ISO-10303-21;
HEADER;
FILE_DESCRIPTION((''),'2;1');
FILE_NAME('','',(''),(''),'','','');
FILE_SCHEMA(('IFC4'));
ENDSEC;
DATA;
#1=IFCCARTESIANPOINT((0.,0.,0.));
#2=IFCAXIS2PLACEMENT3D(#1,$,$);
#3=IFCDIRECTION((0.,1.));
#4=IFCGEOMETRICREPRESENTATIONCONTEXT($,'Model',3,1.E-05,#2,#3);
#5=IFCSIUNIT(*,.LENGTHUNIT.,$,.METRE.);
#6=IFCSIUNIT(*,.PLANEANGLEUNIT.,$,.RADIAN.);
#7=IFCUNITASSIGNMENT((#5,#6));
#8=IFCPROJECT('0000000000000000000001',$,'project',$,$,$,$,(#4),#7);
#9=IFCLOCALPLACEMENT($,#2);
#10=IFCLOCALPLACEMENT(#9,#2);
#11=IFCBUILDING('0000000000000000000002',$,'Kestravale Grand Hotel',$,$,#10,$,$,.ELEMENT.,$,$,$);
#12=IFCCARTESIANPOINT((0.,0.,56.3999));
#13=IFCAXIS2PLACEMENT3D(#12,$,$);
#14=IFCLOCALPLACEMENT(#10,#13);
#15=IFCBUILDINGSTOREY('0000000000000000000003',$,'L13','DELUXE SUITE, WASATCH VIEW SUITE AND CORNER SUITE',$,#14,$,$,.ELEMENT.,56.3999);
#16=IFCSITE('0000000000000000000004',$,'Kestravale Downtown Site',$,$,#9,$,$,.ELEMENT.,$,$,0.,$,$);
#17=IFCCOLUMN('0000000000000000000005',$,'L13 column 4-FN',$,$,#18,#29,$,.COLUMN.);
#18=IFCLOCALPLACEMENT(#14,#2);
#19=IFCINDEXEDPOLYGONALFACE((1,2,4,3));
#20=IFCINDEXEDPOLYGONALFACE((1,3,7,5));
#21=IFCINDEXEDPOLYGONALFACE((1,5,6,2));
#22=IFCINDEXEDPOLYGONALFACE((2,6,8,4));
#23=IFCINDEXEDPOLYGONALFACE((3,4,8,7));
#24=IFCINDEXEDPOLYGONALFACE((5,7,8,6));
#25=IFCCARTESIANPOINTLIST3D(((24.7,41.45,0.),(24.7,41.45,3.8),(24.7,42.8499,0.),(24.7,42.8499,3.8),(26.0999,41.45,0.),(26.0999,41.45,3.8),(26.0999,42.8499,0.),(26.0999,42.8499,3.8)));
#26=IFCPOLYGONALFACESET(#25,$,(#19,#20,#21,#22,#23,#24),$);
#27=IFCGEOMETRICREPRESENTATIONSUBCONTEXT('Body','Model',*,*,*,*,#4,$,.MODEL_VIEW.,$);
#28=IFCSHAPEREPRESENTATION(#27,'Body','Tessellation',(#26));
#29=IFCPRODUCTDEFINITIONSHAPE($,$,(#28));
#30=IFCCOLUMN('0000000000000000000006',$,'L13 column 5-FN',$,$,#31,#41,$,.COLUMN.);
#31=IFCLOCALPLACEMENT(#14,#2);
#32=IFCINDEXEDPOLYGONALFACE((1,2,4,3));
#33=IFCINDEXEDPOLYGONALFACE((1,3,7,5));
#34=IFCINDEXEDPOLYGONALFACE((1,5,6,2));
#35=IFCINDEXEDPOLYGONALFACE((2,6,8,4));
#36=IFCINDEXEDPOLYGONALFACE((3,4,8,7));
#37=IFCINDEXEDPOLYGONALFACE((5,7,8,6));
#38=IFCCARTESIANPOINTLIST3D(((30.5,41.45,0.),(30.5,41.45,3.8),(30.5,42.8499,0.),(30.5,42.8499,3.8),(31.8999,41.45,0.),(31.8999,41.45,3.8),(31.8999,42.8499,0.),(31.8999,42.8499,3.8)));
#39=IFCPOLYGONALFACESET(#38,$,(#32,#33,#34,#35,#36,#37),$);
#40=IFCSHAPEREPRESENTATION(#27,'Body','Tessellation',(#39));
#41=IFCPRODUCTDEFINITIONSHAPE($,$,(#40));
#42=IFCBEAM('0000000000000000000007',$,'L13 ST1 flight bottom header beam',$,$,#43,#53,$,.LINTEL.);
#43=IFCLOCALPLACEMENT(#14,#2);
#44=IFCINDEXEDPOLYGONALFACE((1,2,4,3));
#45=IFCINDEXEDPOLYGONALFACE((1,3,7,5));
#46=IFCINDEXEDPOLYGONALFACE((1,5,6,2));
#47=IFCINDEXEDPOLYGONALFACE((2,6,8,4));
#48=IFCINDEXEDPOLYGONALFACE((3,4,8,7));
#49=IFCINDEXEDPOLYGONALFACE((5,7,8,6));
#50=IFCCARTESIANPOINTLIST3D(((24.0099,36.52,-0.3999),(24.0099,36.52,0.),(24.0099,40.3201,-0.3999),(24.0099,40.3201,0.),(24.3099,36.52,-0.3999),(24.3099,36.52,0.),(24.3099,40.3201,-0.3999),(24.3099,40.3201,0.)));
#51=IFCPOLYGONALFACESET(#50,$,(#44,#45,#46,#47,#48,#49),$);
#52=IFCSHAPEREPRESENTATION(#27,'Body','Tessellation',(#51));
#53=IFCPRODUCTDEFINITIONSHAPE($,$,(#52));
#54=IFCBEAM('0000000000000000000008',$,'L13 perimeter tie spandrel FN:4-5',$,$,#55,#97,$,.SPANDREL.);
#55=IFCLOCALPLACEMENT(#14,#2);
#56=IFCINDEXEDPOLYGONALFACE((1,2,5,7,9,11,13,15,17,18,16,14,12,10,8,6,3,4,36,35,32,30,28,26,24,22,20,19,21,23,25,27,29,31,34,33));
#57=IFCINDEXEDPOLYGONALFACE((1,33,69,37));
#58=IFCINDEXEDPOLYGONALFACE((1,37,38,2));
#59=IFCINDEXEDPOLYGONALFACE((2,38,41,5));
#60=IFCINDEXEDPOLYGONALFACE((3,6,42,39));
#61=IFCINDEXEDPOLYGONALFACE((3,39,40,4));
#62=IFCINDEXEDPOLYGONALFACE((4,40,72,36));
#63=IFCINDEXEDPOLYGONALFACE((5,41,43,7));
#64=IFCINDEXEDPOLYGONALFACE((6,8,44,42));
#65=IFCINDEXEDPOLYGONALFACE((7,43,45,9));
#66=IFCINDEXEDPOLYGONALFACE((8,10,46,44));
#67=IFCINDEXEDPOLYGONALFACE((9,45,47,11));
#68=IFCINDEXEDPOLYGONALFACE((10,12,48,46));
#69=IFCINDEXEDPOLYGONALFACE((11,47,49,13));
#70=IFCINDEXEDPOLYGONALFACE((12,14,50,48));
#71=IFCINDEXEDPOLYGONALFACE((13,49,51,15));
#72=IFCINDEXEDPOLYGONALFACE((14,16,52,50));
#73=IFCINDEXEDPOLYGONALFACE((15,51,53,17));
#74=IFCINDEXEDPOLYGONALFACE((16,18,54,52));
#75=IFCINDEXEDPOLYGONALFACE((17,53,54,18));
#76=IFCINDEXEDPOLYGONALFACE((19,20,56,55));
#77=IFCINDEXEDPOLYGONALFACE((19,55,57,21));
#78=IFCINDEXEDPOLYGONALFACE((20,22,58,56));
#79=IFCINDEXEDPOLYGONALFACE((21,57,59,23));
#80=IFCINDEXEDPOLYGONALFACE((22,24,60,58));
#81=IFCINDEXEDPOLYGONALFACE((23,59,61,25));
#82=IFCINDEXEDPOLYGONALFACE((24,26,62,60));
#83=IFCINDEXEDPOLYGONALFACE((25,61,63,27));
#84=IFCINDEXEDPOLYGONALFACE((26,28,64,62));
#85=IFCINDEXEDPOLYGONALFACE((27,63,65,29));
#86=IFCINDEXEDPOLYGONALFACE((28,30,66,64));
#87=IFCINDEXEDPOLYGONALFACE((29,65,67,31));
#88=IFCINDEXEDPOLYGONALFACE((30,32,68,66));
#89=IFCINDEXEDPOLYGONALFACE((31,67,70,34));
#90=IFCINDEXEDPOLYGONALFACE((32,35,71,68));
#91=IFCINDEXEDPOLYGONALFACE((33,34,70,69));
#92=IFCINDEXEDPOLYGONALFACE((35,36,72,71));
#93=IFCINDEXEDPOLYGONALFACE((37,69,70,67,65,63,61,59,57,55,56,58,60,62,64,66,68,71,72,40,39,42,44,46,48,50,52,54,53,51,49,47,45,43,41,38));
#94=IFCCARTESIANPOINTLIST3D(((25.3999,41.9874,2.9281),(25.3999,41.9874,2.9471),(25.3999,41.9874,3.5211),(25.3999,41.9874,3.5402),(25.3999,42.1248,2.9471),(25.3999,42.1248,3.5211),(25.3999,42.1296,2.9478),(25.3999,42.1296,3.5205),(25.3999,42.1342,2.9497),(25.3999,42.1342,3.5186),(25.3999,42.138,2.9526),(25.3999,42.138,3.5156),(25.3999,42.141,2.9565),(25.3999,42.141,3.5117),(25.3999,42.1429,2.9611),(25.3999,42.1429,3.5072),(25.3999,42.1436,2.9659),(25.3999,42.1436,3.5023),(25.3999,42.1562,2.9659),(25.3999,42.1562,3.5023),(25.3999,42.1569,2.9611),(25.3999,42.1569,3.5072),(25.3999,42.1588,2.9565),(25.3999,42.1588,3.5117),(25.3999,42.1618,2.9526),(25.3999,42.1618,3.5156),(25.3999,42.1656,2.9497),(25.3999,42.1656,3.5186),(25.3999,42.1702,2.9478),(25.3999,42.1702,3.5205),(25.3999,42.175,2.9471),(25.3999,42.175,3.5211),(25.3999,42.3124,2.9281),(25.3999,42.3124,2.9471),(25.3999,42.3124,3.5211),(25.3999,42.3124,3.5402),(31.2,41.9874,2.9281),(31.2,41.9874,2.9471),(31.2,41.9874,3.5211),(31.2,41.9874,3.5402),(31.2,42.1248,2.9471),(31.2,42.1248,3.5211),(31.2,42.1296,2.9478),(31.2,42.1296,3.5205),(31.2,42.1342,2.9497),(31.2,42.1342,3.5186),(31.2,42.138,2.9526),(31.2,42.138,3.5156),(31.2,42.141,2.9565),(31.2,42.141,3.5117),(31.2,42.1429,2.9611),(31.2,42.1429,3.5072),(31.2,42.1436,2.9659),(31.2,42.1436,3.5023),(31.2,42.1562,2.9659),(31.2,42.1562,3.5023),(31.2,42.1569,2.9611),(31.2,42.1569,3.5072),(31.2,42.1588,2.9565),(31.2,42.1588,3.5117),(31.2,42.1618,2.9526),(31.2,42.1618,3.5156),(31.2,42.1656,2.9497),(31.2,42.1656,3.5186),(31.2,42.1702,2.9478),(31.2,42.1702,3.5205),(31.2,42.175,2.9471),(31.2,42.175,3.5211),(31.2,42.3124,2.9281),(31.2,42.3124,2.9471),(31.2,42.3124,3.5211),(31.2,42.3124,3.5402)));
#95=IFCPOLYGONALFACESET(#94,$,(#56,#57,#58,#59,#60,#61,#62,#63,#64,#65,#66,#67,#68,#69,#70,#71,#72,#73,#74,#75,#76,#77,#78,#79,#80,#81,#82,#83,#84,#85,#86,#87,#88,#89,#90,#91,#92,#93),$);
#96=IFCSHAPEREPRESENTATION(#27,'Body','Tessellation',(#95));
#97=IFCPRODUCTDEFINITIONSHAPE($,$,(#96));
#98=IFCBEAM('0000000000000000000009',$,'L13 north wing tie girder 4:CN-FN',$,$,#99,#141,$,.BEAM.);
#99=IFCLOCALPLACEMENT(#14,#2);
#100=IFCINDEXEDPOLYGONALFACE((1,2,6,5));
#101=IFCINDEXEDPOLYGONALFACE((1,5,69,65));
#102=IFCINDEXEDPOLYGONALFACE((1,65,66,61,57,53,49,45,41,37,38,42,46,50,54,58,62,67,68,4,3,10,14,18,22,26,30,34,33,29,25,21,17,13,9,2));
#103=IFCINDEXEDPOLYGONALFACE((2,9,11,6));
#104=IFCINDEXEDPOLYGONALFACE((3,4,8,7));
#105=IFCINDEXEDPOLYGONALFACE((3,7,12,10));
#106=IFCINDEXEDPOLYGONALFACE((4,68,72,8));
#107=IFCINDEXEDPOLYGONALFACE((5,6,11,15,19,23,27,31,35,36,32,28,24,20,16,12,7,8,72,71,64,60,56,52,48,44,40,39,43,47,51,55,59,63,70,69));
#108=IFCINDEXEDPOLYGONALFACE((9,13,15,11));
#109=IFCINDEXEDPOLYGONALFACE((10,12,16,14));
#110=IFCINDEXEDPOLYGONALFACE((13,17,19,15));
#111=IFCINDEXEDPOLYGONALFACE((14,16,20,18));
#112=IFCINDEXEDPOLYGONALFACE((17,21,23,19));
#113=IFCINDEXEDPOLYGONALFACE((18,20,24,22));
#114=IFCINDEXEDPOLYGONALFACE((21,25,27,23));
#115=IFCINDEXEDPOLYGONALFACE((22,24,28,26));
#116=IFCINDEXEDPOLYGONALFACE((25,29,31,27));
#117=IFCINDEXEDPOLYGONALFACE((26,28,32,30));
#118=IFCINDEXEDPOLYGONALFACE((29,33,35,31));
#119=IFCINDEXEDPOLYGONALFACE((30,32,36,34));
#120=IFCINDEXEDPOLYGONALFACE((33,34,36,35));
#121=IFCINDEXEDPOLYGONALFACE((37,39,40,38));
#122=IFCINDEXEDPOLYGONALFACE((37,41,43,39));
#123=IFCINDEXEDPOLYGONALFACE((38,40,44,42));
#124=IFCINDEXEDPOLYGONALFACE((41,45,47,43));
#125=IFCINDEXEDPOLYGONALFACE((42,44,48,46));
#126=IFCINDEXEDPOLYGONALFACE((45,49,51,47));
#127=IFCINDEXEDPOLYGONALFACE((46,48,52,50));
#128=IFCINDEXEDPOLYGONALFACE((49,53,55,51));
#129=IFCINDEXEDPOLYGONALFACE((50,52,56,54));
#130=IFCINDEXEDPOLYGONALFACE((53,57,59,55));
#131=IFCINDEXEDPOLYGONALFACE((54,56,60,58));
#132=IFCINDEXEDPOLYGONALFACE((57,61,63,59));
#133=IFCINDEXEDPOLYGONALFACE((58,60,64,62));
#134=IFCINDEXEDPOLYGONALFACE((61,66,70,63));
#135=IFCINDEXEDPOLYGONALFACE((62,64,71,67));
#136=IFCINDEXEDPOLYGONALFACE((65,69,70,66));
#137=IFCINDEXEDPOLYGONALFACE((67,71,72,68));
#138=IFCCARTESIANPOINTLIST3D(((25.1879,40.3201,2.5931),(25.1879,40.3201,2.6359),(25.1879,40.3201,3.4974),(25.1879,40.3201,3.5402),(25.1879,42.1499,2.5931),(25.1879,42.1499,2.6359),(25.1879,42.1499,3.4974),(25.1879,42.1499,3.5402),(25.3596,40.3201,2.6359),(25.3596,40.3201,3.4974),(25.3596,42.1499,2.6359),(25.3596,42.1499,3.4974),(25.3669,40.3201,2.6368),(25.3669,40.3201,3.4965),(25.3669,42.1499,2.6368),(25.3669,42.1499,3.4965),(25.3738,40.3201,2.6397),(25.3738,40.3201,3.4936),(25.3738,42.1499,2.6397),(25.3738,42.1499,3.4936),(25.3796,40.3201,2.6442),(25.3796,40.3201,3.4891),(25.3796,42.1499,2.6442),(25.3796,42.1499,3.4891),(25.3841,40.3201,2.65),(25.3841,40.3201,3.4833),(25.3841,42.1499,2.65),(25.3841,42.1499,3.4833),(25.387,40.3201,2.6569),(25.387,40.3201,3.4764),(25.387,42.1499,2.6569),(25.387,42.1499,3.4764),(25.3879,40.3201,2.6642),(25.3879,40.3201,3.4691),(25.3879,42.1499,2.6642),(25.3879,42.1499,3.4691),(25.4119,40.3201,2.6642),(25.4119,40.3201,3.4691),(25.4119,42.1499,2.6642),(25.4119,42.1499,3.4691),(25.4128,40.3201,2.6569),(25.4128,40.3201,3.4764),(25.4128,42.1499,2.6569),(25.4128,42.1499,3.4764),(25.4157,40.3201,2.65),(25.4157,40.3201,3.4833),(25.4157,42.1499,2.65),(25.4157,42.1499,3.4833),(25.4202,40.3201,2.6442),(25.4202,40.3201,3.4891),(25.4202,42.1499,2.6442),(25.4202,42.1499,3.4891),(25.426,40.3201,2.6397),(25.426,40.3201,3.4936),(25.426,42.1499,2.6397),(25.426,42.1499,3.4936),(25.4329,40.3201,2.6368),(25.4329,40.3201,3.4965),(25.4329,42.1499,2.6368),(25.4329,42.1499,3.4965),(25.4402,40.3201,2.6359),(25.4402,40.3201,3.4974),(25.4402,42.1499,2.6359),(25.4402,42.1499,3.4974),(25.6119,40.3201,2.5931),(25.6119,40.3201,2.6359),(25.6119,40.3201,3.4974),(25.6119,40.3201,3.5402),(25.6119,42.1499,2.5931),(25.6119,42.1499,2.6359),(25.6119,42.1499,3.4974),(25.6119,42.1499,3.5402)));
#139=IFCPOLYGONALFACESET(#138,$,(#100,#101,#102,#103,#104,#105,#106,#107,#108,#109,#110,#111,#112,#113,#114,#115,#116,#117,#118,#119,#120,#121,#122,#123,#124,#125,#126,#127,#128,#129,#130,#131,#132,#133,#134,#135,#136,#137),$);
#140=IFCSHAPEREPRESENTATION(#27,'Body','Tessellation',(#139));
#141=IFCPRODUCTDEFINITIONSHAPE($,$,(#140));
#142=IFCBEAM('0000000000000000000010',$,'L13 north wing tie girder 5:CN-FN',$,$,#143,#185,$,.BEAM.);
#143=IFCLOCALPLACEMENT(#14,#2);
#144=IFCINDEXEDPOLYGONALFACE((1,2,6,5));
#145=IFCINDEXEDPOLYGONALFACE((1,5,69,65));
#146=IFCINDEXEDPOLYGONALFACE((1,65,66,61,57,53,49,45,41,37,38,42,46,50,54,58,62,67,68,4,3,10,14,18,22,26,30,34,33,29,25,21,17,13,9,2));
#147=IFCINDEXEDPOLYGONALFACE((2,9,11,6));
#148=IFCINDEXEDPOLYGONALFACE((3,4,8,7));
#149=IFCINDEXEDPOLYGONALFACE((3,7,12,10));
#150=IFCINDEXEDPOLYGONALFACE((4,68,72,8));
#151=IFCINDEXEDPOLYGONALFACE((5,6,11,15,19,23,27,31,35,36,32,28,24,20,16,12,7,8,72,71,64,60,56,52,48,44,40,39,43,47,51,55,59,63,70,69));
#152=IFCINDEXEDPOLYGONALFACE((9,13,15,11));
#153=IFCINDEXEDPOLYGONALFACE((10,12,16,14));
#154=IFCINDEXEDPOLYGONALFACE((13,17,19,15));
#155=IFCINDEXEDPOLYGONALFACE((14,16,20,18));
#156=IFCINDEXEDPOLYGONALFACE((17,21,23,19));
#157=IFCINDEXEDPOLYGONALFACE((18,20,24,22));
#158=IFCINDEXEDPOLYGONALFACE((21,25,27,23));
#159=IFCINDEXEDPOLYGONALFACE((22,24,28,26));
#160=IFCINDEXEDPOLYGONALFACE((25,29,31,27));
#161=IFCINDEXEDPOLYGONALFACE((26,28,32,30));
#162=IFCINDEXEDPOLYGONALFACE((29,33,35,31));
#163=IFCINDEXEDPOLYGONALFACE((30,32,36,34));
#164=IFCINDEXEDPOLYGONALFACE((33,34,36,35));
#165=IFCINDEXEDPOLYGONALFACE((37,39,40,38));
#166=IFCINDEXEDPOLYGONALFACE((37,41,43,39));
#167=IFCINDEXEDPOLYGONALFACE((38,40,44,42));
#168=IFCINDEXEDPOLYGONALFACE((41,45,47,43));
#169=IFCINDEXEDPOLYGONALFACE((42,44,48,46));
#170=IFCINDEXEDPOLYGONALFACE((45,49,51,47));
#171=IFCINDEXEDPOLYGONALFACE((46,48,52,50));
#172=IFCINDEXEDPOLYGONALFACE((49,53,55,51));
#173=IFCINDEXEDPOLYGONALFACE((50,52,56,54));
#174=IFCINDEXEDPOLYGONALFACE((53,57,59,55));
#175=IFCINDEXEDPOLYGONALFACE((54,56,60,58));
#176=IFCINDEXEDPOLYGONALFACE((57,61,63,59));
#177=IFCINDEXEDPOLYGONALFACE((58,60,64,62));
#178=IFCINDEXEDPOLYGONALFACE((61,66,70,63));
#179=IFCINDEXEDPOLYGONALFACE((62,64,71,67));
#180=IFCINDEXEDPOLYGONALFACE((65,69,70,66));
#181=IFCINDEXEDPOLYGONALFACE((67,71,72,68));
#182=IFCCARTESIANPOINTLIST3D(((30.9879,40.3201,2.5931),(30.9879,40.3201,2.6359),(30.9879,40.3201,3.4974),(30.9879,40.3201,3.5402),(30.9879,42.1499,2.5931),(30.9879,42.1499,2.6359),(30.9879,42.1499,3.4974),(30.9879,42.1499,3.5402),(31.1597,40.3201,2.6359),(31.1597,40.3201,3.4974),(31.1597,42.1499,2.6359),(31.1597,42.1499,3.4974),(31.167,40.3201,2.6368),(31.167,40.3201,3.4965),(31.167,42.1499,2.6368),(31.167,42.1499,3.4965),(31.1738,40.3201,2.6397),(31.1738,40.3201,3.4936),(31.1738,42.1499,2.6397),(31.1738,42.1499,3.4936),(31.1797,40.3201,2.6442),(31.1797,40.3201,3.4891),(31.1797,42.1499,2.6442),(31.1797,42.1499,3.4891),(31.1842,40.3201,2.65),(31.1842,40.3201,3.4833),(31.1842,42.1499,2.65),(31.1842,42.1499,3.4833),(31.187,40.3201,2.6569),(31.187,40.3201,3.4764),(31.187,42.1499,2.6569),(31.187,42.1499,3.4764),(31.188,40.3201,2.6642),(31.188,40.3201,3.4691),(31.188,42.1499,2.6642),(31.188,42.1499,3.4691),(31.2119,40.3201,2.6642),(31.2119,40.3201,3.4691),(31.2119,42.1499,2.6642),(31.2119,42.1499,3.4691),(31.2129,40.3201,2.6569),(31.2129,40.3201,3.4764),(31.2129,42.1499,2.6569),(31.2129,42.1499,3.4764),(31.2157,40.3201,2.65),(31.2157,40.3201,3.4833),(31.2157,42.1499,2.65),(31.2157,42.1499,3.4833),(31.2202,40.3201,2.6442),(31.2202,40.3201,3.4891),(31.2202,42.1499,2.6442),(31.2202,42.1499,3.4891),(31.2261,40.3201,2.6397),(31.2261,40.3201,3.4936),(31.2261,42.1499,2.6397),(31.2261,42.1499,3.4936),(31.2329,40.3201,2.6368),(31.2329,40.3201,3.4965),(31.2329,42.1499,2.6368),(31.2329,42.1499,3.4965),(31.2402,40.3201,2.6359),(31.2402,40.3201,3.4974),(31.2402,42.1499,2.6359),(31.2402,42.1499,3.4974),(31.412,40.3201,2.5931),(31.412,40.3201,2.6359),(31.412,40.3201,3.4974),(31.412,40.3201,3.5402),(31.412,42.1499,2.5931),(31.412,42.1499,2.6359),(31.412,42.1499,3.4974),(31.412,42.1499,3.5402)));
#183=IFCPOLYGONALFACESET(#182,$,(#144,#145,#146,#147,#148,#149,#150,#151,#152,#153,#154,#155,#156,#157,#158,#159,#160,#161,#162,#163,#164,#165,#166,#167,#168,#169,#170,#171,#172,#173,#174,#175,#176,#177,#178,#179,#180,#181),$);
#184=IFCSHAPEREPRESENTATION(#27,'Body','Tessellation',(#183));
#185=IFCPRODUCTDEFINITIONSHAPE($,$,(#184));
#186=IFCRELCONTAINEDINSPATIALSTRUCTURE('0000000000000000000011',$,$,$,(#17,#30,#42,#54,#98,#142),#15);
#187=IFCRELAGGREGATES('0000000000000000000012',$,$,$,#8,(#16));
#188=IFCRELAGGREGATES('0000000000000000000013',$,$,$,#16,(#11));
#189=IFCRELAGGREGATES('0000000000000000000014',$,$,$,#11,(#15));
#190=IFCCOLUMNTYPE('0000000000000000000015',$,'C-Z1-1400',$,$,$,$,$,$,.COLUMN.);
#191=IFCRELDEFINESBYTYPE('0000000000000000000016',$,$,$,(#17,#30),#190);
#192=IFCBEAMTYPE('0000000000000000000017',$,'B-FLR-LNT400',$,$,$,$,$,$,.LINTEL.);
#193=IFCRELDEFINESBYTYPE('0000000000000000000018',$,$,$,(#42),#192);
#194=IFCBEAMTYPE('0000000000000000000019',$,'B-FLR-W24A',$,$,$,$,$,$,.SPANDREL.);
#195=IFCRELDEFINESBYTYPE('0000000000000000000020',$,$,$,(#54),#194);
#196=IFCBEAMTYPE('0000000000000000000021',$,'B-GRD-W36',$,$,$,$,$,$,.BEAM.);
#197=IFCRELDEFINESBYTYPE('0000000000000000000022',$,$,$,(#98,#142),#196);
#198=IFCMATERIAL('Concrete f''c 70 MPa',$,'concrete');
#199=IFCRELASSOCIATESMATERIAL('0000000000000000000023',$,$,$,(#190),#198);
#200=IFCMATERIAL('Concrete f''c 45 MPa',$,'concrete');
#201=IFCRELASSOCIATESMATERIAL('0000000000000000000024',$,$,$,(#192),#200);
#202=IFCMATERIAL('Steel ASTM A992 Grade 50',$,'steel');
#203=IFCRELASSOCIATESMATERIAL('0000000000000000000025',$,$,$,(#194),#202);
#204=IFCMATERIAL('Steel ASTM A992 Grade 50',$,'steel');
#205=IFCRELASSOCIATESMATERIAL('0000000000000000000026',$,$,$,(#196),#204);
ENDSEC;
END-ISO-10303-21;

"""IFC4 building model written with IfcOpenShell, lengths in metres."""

from ifc_helpers import new_model, si_unit, direction, frame, origin, origin_2d, place, context, subcontext, project, spatial, rectangle, i_section, extrude, material, material_profile, profile_set, type_object, element, save


model = new_model("IFC4")

# Units and contexts
model_context = context("Model", 3, precision=1e-05, world=origin(), true_north=direction((0.0, 1.0)))
body_context = subcontext(model_context, "Body", "Model", "MODEL_VIEW")
ifc_project = project(units=[si_unit("LENGTHUNIT", "METRE"), si_unit("PLANEANGLEUNIT", "RADIAN")], contexts=[model_context])

# Site, building, storey
site_placement = place(None, origin())
site = spatial("IfcSite", under=ifc_project, at=site_placement, Name="Kestravale Downtown Site", CompositionType="ELEMENT", RefElevation=0.0)
building_placement = place(site_placement, origin())
building = spatial("IfcBuilding", under=site, at=building_placement, Name="Kestravale Grand Hotel", CompositionType="ELEMENT")
storey_placement = place(building_placement, frame((0.0, 0.0, 56.3999)))
storey = spatial("IfcBuildingStorey", under=building, at=storey_placement, Name="L13", Description="DELUXE SUITE, WASATCH VIEW SUITE AND CORNER SUITE", CompositionType="ELEMENT", Elevation=56.3999)

# Columns
ifc_material_1 = material(Name="Concrete f'c 70 MPa", Category="concrete")
ifc_material_profile_1 = material_profile(ifc_material_1, rectangle(XDim=1.3999, YDim=1.3999, at=origin_2d()))
ifc_profile_set_1 = profile_set([ifc_material_profile_1], Name="Concrete f'c 70 MPa")
column_type = type_object("IfcColumnType", Name="C-Z1-1400", PredefinedType="COLUMN", material=ifc_profile_set_1)
for number, where, z_axis, x_axis, name in (
    (1, (25.3999, 42.1499, 0.0), (0.0, 0.0, 1.0), (1.0, 0.0, 0.0), "L13 column 4-FN"),
    (2, (31.2, 42.1499, 0.0), (0.0, 0.0, 1.0), (1.0, 0.0, 0.0), "L13 column 5-FN"),
):
    element("IfcColumn", number, at=place(storey_placement, frame(where, z_axis=z_axis, x_axis=x_axis)), inside=storey, type_object=column_type, Name=name, PredefinedType="COLUMN", context=body_context, shape_type="SweptSolid", body=[
        extrude(rectangle(XDim=1.3999, YDim=1.3999, at=origin_2d()), origin(), (0.0, 0.0, 1.0), 3.8),
    ])

# Beams
ifc_material_2 = material(Name="Concrete f'c 45 MPa", Category="concrete")
ifc_material_profile_2 = material_profile(ifc_material_2, rectangle(XDim=0.3, YDim=0.3999, at=origin_2d()))
ifc_profile_set_2 = profile_set([ifc_material_profile_2], Name="Concrete f'c 45 MPa")
beam_type_1 = type_object("IfcBeamType", Name="B-FLR-LNT400", PredefinedType="LINTEL", material=ifc_profile_set_2)
beam_1_placement = place(storey_placement, frame((24.1599, 36.52, -0.2), z_axis=(0.0, 1.0, 0.0), x_axis=(-1.0, 0.0, 0.0)))
element("IfcBeam", 3, at=beam_1_placement, inside=storey, type_object=beam_type_1, Name="L13 ST1 flight bottom header beam", PredefinedType="LINTEL", context=body_context, shape_type="SweptSolid", body=[
    extrude(rectangle(XDim=0.3, YDim=0.3999, at=origin_2d()), origin(), (0.0, 0.0, 1.0), 3.8),
])
ifc_material_3 = material(Name="Steel ASTM A992 Grade 50", Category="steel")
ifc_material_profile_3 = material_profile(ifc_material_3, i_section(OverallWidth=0.325, OverallDepth=0.6121, WebThickness=0.0127, FlangeThickness=0.019, FilletRadius=0.0188, at=origin_2d()))
ifc_profile_set_3 = profile_set([ifc_material_profile_3], Name="Steel ASTM A992 Grade 50")
beam_type_2 = type_object("IfcBeamType", Name="B-FLR-W24A", PredefinedType="SPANDREL", material=ifc_profile_set_3)
beam_2_placement = place(storey_placement, frame((25.3999, 42.1499, 3.2341), z_axis=(1.0, 0.0, 0.0), x_axis=(0.0, 1.0, 0.0)))
element("IfcBeam", 4, at=beam_2_placement, inside=storey, type_object=beam_type_2, Name="L13 perimeter tie spandrel FN:4-5", PredefinedType="SPANDREL", context=body_context, shape_type="SweptSolid", body=[
    extrude(i_section(OverallWidth=0.325, OverallDepth=0.6121, WebThickness=0.0127, FlangeThickness=0.019, FilletRadius=0.0188, at=origin_2d()), origin(), (0.0, 0.0, 1.0), 5.8),
])
ifc_material_4 = material(Name="Steel ASTM A992 Grade 50", Category="steel")
ifc_material_profile_4 = material_profile(ifc_material_4, i_section(OverallWidth=0.4241, OverallDepth=0.947, WebThickness=0.0239, FlangeThickness=0.0427, FilletRadius=0.0283, at=origin_2d()))
ifc_profile_set_4 = profile_set([ifc_material_profile_4], Name="Steel ASTM A992 Grade 50")
beam_type_3 = type_object("IfcBeamType", Name="B-GRD-W36", PredefinedType="BEAM", material=ifc_profile_set_4)
for number, where, z_axis, x_axis, name in (
    (5, (25.3999, 40.3201, 3.0667), (0.0, 1.0, 0.0), (-1.0, 0.0, 0.0), "L13 north wing tie girder 4:CN-FN"),
    (6, (31.2, 40.3201, 3.0667), (0.0, 1.0, 0.0), (-1.0, 0.0, 0.0), "L13 north wing tie girder 5:CN-FN"),
):
    element("IfcBeam", number, at=place(storey_placement, frame(where, z_axis=z_axis, x_axis=x_axis)), inside=storey, type_object=beam_type_3, Name=name, PredefinedType="BEAM", context=body_context, shape_type="SweptSolid", body=[
        extrude(i_section(OverallWidth=0.4241, OverallDepth=0.947, WebThickness=0.0239, FlangeThickness=0.0427, FilletRadius=0.0283, at=origin_2d()), origin(), (0.0, 0.0, 1.0), 1.8298),
    ])

save(model, "model.ifc")
